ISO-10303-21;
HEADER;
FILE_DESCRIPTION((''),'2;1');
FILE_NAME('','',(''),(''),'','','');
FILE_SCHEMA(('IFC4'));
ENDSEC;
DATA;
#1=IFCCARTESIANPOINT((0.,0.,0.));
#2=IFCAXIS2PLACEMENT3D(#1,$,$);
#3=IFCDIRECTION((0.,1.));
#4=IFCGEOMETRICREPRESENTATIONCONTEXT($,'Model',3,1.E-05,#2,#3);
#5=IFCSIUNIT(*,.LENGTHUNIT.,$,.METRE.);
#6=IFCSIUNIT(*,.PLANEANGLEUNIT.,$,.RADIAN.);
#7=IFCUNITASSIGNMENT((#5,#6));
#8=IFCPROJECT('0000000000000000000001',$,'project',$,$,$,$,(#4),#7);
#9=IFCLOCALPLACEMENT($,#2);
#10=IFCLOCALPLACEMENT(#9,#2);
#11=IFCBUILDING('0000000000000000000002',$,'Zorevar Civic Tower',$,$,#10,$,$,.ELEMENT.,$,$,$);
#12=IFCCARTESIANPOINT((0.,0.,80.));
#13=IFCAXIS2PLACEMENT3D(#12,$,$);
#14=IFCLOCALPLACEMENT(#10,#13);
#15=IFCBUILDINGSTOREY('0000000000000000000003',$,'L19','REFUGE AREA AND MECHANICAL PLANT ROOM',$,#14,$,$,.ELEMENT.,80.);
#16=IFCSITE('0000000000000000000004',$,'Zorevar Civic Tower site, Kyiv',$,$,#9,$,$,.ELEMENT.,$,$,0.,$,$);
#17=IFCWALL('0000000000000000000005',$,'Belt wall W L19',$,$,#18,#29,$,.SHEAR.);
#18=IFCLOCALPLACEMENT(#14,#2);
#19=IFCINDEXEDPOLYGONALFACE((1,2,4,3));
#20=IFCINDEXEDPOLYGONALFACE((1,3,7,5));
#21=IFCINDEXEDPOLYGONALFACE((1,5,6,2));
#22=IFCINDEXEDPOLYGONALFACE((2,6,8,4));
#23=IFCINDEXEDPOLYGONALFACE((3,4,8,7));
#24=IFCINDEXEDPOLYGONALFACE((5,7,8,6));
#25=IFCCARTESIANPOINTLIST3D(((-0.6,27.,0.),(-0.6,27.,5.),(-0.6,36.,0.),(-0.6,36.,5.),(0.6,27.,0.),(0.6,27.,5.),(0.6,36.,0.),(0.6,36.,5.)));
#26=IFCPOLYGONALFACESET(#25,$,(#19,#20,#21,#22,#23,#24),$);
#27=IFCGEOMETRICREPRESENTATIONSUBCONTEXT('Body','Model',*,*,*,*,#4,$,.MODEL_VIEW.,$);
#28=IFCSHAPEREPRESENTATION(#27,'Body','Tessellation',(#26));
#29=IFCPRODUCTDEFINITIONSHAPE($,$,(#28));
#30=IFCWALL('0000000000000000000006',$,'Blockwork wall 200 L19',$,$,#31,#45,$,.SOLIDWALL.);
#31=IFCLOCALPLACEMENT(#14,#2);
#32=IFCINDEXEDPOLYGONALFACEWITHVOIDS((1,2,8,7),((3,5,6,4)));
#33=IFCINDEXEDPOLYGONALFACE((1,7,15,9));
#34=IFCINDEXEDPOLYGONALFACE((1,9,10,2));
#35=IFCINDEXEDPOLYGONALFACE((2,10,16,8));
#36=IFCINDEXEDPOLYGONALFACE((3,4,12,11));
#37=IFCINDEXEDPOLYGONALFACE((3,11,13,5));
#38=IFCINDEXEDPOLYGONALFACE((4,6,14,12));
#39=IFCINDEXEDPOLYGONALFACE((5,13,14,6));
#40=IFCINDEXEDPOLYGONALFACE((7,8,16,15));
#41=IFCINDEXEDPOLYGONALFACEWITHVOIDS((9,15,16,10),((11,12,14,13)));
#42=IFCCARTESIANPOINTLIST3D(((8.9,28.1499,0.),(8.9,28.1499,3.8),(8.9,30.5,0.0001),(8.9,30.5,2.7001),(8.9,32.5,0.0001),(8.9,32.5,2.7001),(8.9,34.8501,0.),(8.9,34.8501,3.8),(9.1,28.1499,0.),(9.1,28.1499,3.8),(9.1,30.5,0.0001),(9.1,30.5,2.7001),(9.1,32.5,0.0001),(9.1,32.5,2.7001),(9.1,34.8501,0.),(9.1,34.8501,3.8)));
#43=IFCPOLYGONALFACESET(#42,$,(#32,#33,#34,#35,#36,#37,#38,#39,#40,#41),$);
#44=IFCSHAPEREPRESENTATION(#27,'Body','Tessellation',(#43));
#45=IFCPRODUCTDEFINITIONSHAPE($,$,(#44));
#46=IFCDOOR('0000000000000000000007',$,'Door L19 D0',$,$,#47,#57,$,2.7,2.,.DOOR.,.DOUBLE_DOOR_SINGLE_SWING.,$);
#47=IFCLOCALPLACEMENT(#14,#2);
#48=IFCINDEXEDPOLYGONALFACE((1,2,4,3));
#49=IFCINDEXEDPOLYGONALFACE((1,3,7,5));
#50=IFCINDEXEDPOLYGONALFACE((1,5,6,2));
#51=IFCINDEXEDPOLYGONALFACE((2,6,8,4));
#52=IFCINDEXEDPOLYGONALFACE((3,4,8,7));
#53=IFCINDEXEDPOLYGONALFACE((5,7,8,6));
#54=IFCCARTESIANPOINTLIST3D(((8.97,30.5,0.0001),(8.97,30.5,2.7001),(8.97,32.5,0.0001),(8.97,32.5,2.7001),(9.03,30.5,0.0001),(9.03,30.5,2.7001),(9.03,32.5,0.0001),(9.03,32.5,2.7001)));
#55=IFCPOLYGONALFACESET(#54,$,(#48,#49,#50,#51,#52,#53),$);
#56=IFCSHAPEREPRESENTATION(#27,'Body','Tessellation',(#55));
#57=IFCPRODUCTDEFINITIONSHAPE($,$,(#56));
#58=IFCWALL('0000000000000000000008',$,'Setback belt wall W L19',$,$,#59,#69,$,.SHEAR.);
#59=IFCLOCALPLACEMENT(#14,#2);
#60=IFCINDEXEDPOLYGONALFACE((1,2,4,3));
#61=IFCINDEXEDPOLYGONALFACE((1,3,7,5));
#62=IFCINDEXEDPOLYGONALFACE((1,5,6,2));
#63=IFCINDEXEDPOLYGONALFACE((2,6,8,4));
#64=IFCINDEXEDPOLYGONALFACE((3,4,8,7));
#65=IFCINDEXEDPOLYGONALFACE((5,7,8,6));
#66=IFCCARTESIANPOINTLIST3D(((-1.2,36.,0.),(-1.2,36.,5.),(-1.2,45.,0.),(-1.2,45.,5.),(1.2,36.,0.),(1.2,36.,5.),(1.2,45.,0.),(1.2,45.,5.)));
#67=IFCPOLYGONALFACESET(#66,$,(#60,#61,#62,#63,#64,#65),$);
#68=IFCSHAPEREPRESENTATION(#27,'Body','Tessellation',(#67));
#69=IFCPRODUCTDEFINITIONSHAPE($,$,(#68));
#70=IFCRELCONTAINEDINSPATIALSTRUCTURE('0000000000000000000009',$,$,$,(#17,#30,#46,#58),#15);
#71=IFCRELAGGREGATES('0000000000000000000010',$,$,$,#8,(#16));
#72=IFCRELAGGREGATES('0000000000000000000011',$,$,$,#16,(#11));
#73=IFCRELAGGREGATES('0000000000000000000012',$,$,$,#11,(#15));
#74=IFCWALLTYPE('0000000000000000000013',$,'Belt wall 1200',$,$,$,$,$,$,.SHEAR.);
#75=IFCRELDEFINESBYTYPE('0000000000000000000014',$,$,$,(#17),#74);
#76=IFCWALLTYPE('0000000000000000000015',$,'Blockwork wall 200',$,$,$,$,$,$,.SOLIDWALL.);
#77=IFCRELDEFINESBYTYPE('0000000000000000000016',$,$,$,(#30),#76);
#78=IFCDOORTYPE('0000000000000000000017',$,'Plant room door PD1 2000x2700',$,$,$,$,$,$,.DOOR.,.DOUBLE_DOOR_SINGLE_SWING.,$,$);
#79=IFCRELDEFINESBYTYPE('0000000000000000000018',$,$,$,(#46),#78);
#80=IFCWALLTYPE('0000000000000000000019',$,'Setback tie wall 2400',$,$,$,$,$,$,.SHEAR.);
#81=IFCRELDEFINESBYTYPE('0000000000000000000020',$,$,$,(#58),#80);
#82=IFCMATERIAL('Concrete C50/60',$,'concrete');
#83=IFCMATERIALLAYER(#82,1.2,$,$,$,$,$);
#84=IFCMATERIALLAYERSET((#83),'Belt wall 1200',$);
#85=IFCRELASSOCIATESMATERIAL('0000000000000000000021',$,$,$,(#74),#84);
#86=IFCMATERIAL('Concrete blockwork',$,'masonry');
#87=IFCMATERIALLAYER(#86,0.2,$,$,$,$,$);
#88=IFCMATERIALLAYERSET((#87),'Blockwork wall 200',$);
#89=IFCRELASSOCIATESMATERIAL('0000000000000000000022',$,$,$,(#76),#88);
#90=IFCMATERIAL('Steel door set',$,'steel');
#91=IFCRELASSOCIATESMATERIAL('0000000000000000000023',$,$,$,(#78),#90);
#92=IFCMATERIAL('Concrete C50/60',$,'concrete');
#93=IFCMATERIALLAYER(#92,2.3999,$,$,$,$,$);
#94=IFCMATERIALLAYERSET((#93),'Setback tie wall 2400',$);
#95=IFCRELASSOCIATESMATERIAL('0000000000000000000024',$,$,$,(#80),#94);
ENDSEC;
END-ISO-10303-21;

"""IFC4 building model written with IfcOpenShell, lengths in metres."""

from ifc_helpers import new_model, si_unit, direction, frame, frame_2d, origin, place, context, subcontext, project, spatial, rectangle, extrude, material, layer, layer_set, type_object, element, fill, save


model = new_model("IFC4")

# Units and contexts
model_context = context("Model", 3, precision=1e-05, world=origin(), true_north=direction((0.0, 1.0)))
body_context = subcontext(model_context, "Body", "Model", "MODEL_VIEW")
ifc_project = project(units=[si_unit("LENGTHUNIT", "METRE"), si_unit("PLANEANGLEUNIT", "RADIAN")], contexts=[model_context])

# Site, building, storey
site_placement = place(None, origin())
site = spatial("IfcSite", under=ifc_project, at=site_placement, Name="Zorevar Civic Tower site, Kyiv", CompositionType="ELEMENT", RefElevation=0.0)
building_placement = place(site_placement, origin())
building = spatial("IfcBuilding", under=site, at=building_placement, Name="Zorevar Civic Tower", CompositionType="ELEMENT")
storey_placement = place(building_placement, frame((0.0, 0.0, 80.0)))
storey = spatial("IfcBuildingStorey", under=building, at=storey_placement, Name="L19", Description="REFUGE AREA AND MECHANICAL PLANT ROOM", CompositionType="ELEMENT", Elevation=80.0)

# Wall
ifc_material_1 = material(Name="Concrete C50/60", Category="concrete")
ifc_layer_1 = layer(ifc_material_1, 1.2)
ifc_layer_set_1 = layer_set([ifc_layer_1], Name="Belt wall 1200")
wall_type_1 = type_object("IfcWallType", Name="Belt wall 1200", PredefinedType="SHEAR", material=ifc_layer_set_1)
wall_1_placement = place(storey_placement, frame((0.0, 27.0, 0.0), z_axis=(0.0, 0.0, 1.0), x_axis=(0.0, 1.0, 0.0)))
element("IfcWall", 1, at=wall_1_placement, inside=storey, type_object=wall_type_1, Name="Belt wall W L19", PredefinedType="SHEAR", context=body_context, shape_type="SweptSolid", body=[
    extrude(rectangle(XDim=9.0, YDim=1.2, at=frame_2d((4.5, 0.0))), origin(), (0.0, 0.0, 1.0), 5.0),
])

# Wall, opening, door
ifc_material_2 = material(Name="Concrete blockwork", Category="masonry")
ifc_layer_2 = layer(ifc_material_2, 0.2)
ifc_layer_set_2 = layer_set([ifc_layer_2], Name="Blockwork wall 200")
wall_type_2 = type_object("IfcWallType", Name="Blockwork wall 200", PredefinedType="SOLIDWALL", material=ifc_layer_set_2)
wall_2_placement = place(storey_placement, frame((9.0, 28.1499, 0.0), z_axis=(0.0, 0.0, 1.0), x_axis=(0.0, 1.0, 0.0)))
wall_2 = element("IfcWall", 2, at=wall_2_placement, inside=storey, type_object=wall_type_2, Name="Blockwork wall 200 L19", PredefinedType="SOLIDWALL", context=body_context, shape_type="SweptSolid", body=[
    extrude(rectangle(XDim=6.7002, YDim=0.2, at=frame_2d((3.3501, 0.0))), origin(), (0.0, 0.0, 1.0), 3.8),
])
opening_placement = place(wall_2_placement, frame((2.3501, 0.0, 0.0)))
opening = element("IfcOpeningElement", 3, at=opening_placement, cuts=wall_2, PredefinedType="OPENING", context=body_context, shape_type="SweptSolid", body=[
    extrude(rectangle(XDim=2.0, YDim=2.7, at=frame_2d((1.0, 1.3501))), frame((0.0, 0.1099, 0.0), z_axis=(0.0, -1.0, 0.0), x_axis=(1.0, 0.0, 0.0)), (0.0, 0.0, 1.0), 0.22),
])
ifc_material_3 = material(Name="Steel door set", Category="steel")
door_type = type_object("IfcDoorType", Name="Plant room door PD1 2000x2700", OperationType="DOUBLE_DOOR_SINGLE_SWING", PredefinedType="DOOR", material=ifc_material_3)
door_placement = place(opening_placement, origin())
door = element("IfcDoor", 4, at=door_placement, inside=storey, type_object=door_type, Name="Door L19 D0", OperationType="DOUBLE_DOOR_SINGLE_SWING", OverallHeight=2.7, OverallWidth=2.0, PredefinedType="DOOR", context=body_context, shape_type="SweptSolid", body=[
    extrude(rectangle(XDim=2.0, YDim=2.7, at=frame_2d((1.0, 1.3501))), frame((0.0, 0.03, 0.0), z_axis=(0.0, -1.0, 0.0), x_axis=(1.0, 0.0, 0.0)), (0.0, 0.0, 1.0), 0.0601),
])
fill(opening, door)

# Wall
ifc_material_4 = material(Name="Concrete C50/60", Category="concrete")
ifc_layer_3 = layer(ifc_material_4, 2.3999)
ifc_layer_set_3 = layer_set([ifc_layer_3], Name="Setback tie wall 2400")
wall_type_3 = type_object("IfcWallType", Name="Setback tie wall 2400", PredefinedType="SHEAR", material=ifc_layer_set_3)
wall_3_placement = place(storey_placement, frame((0.0, 36.0, 0.0), z_axis=(0.0, 0.0, 1.0), x_axis=(0.0, 1.0, 0.0)))
element("IfcWall", 5, at=wall_3_placement, inside=storey, type_object=wall_type_3, Name="Setback belt wall W L19", PredefinedType="SHEAR", context=body_context, shape_type="SweptSolid", body=[
    extrude(rectangle(XDim=9.0, YDim=2.3999, at=frame_2d((4.5, 0.0))), origin(), (0.0, 0.0, 1.0), 5.0),
])

save(model, "model.ifc")
